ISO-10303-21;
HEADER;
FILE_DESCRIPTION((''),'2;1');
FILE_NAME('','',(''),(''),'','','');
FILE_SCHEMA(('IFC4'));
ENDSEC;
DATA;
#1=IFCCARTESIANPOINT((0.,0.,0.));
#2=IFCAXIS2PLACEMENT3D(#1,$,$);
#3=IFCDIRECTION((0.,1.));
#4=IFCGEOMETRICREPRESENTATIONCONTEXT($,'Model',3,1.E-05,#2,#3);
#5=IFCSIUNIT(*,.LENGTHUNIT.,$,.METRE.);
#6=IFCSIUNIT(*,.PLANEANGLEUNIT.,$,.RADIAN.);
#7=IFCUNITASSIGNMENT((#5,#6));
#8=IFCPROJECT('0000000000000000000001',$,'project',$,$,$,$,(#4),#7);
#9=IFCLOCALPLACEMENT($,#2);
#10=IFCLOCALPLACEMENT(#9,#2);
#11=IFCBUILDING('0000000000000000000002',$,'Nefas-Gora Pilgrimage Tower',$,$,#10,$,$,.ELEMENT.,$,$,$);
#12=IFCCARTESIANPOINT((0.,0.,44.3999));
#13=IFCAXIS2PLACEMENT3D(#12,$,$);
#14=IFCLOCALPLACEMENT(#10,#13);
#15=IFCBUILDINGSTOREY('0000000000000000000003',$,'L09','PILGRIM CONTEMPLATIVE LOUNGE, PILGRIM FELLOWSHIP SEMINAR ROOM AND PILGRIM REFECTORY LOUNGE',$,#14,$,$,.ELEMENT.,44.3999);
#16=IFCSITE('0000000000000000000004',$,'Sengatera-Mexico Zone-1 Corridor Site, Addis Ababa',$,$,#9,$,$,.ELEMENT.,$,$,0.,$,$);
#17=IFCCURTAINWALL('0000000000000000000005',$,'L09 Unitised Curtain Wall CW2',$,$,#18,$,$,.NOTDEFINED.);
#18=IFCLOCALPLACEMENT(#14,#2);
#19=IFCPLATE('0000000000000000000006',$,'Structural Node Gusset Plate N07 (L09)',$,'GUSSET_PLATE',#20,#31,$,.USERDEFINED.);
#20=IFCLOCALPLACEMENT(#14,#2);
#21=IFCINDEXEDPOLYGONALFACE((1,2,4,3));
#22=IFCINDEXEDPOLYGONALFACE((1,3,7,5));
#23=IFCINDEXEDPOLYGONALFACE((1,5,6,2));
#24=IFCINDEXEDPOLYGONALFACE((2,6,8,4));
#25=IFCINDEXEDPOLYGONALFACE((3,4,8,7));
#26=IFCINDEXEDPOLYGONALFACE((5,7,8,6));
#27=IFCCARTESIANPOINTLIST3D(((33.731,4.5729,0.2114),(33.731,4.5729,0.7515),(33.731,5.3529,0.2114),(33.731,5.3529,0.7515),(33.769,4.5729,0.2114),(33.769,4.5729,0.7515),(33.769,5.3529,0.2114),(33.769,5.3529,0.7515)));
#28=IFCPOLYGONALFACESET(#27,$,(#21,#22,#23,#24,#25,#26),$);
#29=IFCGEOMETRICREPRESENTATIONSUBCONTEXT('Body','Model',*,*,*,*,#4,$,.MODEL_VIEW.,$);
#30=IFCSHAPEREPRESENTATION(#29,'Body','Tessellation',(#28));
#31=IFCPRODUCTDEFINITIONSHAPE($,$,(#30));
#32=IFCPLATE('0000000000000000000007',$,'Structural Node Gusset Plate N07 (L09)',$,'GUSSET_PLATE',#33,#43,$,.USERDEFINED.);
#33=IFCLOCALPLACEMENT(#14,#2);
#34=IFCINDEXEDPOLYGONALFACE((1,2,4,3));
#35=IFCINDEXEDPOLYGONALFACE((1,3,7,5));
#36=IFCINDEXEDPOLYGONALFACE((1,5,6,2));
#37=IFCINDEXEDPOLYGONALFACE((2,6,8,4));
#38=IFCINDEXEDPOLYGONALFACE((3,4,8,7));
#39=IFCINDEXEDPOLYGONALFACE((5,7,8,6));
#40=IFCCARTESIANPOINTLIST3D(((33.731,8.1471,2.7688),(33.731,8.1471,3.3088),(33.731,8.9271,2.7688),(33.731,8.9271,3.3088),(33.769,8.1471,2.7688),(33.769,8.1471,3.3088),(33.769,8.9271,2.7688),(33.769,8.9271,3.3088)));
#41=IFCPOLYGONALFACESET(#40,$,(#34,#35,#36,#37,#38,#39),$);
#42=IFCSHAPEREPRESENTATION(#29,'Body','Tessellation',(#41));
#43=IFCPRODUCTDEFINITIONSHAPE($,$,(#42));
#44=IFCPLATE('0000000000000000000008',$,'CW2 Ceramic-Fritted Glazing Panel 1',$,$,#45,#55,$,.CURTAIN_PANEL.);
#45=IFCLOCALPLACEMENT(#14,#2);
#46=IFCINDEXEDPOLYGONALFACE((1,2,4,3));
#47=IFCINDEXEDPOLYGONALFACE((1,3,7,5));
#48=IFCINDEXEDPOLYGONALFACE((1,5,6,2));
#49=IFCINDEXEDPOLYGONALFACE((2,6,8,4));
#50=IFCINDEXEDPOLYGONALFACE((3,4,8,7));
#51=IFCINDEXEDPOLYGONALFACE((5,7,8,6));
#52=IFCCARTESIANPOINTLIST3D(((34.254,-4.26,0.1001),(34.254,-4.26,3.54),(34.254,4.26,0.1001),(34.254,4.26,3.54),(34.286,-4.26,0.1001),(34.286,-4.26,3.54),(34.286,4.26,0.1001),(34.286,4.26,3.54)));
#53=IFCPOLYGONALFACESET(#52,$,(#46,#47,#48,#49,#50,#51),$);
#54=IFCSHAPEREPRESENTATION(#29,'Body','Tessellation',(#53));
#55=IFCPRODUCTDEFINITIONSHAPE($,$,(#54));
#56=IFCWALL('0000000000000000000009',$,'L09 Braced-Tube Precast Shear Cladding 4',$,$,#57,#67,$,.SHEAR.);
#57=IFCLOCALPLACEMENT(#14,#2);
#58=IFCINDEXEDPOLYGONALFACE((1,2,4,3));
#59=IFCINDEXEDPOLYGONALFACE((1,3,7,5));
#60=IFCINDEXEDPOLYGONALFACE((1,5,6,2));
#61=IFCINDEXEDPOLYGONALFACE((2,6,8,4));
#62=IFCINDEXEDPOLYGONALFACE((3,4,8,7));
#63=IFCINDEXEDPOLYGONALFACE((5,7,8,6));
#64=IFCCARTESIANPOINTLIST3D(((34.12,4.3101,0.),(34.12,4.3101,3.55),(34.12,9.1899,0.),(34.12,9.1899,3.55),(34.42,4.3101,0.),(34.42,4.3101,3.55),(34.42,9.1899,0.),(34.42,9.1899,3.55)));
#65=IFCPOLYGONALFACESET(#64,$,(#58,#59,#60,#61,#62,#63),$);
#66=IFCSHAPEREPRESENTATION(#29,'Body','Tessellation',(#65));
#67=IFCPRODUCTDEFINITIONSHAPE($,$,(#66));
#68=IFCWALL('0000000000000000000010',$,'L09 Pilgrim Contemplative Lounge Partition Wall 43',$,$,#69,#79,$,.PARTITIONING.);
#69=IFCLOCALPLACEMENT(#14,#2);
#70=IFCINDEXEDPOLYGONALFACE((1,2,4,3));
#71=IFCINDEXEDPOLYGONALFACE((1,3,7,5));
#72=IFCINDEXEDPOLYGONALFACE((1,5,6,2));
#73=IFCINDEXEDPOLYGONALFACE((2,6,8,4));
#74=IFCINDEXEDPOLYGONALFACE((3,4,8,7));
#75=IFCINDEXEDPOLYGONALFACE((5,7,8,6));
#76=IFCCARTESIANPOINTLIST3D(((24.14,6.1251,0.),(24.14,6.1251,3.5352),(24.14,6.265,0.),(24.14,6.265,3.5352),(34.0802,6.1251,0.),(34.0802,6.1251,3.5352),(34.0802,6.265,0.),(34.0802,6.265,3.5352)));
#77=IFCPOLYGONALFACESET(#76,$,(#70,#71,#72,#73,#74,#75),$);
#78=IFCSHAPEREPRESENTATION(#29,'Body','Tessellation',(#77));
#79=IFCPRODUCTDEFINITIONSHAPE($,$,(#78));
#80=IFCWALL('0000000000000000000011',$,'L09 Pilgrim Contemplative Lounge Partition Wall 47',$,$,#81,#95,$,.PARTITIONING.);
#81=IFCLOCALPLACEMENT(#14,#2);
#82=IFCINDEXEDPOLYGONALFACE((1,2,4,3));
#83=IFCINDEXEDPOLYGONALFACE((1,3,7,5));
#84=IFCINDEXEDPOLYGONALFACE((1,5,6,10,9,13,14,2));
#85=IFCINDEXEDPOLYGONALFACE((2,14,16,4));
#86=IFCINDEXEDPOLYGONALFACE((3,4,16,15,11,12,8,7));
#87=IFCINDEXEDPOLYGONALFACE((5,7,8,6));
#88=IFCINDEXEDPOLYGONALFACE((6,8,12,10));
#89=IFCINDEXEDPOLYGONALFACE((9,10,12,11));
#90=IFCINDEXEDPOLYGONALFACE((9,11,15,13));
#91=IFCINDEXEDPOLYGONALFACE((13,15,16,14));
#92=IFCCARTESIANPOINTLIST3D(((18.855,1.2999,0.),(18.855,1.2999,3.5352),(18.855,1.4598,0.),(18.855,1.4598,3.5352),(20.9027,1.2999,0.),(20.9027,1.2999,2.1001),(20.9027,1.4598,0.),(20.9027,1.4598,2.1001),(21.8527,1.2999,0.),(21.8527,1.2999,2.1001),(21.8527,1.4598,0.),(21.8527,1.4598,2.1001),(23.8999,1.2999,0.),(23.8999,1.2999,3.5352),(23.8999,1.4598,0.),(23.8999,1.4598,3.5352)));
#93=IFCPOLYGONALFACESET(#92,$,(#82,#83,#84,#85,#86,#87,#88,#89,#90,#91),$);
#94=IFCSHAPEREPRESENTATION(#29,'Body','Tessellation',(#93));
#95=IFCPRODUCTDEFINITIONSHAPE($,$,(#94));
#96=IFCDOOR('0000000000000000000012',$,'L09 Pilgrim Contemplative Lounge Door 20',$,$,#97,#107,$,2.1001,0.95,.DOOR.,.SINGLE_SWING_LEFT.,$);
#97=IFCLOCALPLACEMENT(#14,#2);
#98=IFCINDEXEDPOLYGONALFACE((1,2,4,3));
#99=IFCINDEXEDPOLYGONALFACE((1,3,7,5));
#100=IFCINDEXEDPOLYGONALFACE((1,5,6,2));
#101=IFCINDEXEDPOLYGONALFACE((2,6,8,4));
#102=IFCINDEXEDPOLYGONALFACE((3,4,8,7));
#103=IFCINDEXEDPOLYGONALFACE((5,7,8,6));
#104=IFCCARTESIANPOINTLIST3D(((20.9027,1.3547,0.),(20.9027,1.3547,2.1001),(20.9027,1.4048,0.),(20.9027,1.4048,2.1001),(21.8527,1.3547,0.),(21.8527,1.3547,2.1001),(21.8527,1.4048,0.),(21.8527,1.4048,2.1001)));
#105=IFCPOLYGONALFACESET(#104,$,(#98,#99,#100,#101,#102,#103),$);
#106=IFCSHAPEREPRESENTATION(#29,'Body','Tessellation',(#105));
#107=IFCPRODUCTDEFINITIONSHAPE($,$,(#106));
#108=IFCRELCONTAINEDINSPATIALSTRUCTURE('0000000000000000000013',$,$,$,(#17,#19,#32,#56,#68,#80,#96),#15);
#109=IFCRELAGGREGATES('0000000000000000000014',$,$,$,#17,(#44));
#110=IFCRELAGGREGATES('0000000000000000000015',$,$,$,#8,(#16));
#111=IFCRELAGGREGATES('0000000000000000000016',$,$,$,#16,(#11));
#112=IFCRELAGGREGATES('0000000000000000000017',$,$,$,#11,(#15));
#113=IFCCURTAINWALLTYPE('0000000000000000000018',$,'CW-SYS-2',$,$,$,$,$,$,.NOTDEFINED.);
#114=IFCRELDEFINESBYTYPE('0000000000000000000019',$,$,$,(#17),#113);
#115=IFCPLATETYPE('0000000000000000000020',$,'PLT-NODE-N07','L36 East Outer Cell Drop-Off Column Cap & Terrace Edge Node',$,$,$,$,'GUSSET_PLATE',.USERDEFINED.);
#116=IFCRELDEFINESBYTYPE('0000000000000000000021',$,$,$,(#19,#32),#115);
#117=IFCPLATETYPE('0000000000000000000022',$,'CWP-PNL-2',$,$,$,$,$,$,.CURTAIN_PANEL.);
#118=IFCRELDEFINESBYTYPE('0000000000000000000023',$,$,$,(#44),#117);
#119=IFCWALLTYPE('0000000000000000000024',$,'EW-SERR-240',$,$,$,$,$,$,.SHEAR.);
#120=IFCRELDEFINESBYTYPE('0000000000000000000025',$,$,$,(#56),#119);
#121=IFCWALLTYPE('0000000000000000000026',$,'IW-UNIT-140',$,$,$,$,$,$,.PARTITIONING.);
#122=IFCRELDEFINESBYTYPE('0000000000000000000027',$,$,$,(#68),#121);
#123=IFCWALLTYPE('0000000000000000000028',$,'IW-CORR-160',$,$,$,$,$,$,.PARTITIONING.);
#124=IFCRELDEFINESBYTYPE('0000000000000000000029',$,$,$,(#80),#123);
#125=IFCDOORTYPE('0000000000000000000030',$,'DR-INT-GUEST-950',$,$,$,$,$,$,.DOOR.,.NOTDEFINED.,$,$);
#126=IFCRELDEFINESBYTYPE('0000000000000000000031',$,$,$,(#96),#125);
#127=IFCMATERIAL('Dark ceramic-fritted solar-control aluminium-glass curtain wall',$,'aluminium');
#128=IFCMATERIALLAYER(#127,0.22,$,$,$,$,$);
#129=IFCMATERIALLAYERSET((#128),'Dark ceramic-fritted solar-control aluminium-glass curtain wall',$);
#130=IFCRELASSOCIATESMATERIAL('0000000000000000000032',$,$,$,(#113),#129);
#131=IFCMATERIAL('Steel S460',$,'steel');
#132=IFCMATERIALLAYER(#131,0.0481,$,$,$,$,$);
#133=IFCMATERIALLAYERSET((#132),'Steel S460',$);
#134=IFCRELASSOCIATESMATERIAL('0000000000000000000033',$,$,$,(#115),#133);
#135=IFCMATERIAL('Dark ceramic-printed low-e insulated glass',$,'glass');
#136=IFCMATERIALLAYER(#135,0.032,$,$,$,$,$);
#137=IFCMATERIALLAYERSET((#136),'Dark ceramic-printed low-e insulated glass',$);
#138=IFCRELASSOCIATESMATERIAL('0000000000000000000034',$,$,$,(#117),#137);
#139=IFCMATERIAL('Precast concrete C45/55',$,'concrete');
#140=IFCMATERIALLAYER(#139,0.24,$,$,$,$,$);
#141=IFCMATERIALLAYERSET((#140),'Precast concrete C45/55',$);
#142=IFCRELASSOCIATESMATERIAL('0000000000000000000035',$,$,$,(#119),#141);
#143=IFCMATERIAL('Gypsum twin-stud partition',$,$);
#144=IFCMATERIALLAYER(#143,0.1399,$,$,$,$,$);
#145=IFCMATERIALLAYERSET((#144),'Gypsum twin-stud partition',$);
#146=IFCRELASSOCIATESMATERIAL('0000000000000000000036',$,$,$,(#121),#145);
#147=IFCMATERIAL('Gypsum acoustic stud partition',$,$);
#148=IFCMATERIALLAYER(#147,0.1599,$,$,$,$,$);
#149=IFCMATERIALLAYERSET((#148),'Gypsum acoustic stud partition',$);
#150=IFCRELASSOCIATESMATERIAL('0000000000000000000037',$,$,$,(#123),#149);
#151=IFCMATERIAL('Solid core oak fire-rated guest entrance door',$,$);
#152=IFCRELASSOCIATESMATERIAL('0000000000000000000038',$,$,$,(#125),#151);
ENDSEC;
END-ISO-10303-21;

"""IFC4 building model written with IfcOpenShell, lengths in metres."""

from ifc_helpers import new_model, si_unit, direction, frame, frame_2d, origin, origin_2d, place, context, subcontext, project, spatial, rectangle, extrude, source, transform, mapped, material, layer, layer_set, type_object, element, fill, aggregate, save


model = new_model("IFC4")

# Units and contexts
model_context = context("Model", 3, precision=1e-05, world=origin(), true_north=direction((0.0, 1.0)))
body_context = subcontext(model_context, "Body", "Model", "MODEL_VIEW")
ifc_project = project(units=[si_unit("LENGTHUNIT", "METRE"), si_unit("PLANEANGLEUNIT", "RADIAN")], contexts=[model_context])

# Site, building, storey
site_placement = place(None, origin())
site = spatial("IfcSite", under=ifc_project, at=site_placement, Name="Sengatera-Mexico Zone-1 Corridor Site, Addis Ababa", CompositionType="ELEMENT", RefElevation=0.0)
building_placement = place(site_placement, origin())
building = spatial("IfcBuilding", under=site, at=building_placement, Name="Nefas-Gora Pilgrimage Tower", CompositionType="ELEMENT")
storey_placement = place(building_placement, frame((0.0, 0.0, 44.3999)))
storey = spatial("IfcBuildingStorey", under=building, at=storey_placement, Name="L09", Description="PILGRIM CONTEMPLATIVE LOUNGE, PILGRIM FELLOWSHIP SEMINAR ROOM AND PILGRIM REFECTORY LOUNGE", CompositionType="ELEMENT", Elevation=44.3999)

# Shared definitions
ifc_material_1 = material(Name="Steel S460", Category="steel")

# Curtain wall
ifc_material_2 = material(Name="Dark ceramic-fritted solar-control aluminium-glass curtain wall", Category="aluminium")
ifc_layer_1 = layer(ifc_material_2, 0.22)
ifc_layer_set_1 = layer_set([ifc_layer_1], Name="Dark ceramic-fritted solar-control aluminium-glass curtain wall")
curtain_wall_type = type_object("IfcCurtainWallType", Name="CW-SYS-2", PredefinedType="NOTDEFINED", material=ifc_layer_set_1)
curtain_wall_placement = place(storey_placement, origin())
curtain_wall = element("IfcCurtainWall", 1, at=curtain_wall_placement, inside=storey, type_object=curtain_wall_type, Name="L09 Unitised Curtain Wall CW2", PredefinedType="NOTDEFINED")

# Plates
ifc_layer_2 = layer(ifc_material_1, 0.0481)
ifc_layer_set_2 = layer_set([ifc_layer_2], Name="Steel S460")
plate_type_1 = type_object("IfcPlateType", Name="PLT-NODE-N07", Description="L36 East Outer Cell Drop-Off Column Cap & Terrace Edge Node", ElementType="GUSSET_PLATE", PredefinedType="USERDEFINED", material=ifc_layer_set_2)
shared_shape_1 = source(origin(), body_context, "Body", "SweptSolid", [
    extrude(rectangle(XDim=0.78, YDim=0.0381, at=origin_2d()), origin(), (0.0, 0.0, 1.0), 0.54),
])
for number, where, z_axis, x_axis, name in (
    (2, (33.75, 4.9629, 0.2114), (0.0, 0.0, 1.0), (0.0, 1.0, 0.0), "Structural Node Gusset Plate N07 (L09)"),
    (3, (33.75, 8.5371, 2.7688), (0.0, 0.0, 1.0), (0.0, 1.0, 0.0), "Structural Node Gusset Plate N07 (L09)"),
):
    element("IfcPlate", number, at=place(storey_placement, frame(where, z_axis=z_axis, x_axis=x_axis)), inside=storey, type_object=plate_type_1, Name=name, ObjectType="GUSSET_PLATE", PredefinedType="USERDEFINED", context=body_context, shape_type="MappedRepresentation", body=[
        mapped(shared_shape_1, transform((0.0, 0.0, 0.0), x_axis=(1.0, 0.0, 0.0), y_axis=(0.0, 1.0, 0.0), z_axis=(0.0, 0.0, 1.0), scale=1.0)),
    ])

# Plate
ifc_material_3 = material(Name="Dark ceramic-printed low-e insulated glass", Category="glass")
ifc_layer_3 = layer(ifc_material_3, 0.032)
ifc_layer_set_3 = layer_set([ifc_layer_3], Name="Dark ceramic-printed low-e insulated glass")
plate_type_2 = type_object("IfcPlateType", Name="CWP-PNL-2", PredefinedType="CURTAIN_PANEL", material=ifc_layer_set_3)
shared_shape_2 = source(origin(), body_context, "Body", "SweptSolid", [
    extrude(rectangle(XDim=8.52, YDim=0.032, at=origin_2d()), origin(), (0.0, 0.0, 1.0), 3.4399),
])
plate_placement = place(storey_placement, frame((34.27, 0.0, 0.1001), z_axis=(0.0, 0.0, 1.0), x_axis=(0.0, 1.0, 0.0)))
plate = element("IfcPlate", 4, at=plate_placement, type_object=plate_type_2, Name="CW2 Ceramic-Fritted Glazing Panel 1", PredefinedType="CURTAIN_PANEL", context=body_context, shape_type="MappedRepresentation", body=[
    mapped(shared_shape_2, transform((0.0, 0.0, 0.0), x_axis=(1.0, 0.0, 0.0), y_axis=(0.0, 1.0, 0.0), z_axis=(0.0, 0.0, 1.0), scale=1.0)),
])
aggregate(curtain_wall, [plate])

# Walls
ifc_material_4 = material(Name="Precast concrete C45/55", Category="concrete")
ifc_layer_4 = layer(ifc_material_4, 0.24)
ifc_layer_set_4 = layer_set([ifc_layer_4], Name="Precast concrete C45/55")
wall_type_1 = type_object("IfcWallType", Name="EW-SERR-240", PredefinedType="SHEAR", material=ifc_layer_set_4)
shared_shape_3 = source(origin(), body_context, "Body", "SweptSolid", [
    extrude(rectangle(XDim=4.8799, YDim=0.3, at=frame_2d((2.4399, 0.0))), origin(), (0.0, 0.0, 1.0), 3.55),
])
wall_1_placement = place(storey_placement, frame((34.27, 4.3101, 0.0), z_axis=(0.0, 0.0, 1.0), x_axis=(0.0, 1.0, 0.0)))
element("IfcWall", 5, at=wall_1_placement, inside=storey, type_object=wall_type_1, Name="L09 Braced-Tube Precast Shear Cladding 4", PredefinedType="SHEAR", context=body_context, shape_type="MappedRepresentation", body=[
    mapped(shared_shape_3, transform((0.0, 0.0, 0.0), x_axis=(1.0, 0.0, 0.0), y_axis=(0.0, 1.0, 0.0), z_axis=(0.0, 0.0, 1.0), scale=1.0)),
])
ifc_material_5 = material(Name="Gypsum twin-stud partition")
ifc_layer_5 = layer(ifc_material_5, 0.1399)
ifc_layer_set_5 = layer_set([ifc_layer_5], Name="Gypsum twin-stud partition")
wall_type_2 = type_object("IfcWallType", Name="IW-UNIT-140", PredefinedType="PARTITIONING", material=ifc_layer_set_5)
shared_shape_4 = source(origin(), body_context, "Body", "SweptSolid", [
    extrude(rectangle(XDim=9.9402, YDim=0.1399, at=frame_2d((4.9702, 0.0))), origin(), (0.0, 0.0, 1.0), 3.5352),
])
wall_2_placement = place(storey_placement, frame((24.1399, 6.1951, 0.0), z_axis=(0.0, 0.0, 1.0), x_axis=(1.0, 0.0, 0.0)))
element("IfcWall", 6, at=wall_2_placement, inside=storey, type_object=wall_type_2, Name="L09 Pilgrim Contemplative Lounge Partition Wall 43", PredefinedType="PARTITIONING", context=body_context, shape_type="MappedRepresentation", body=[
    mapped(shared_shape_4, transform((0.0, 0.0, 0.0), x_axis=(1.0, 0.0, 0.0), y_axis=(0.0, 1.0, 0.0), z_axis=(0.0, 0.0, 1.0), scale=1.0)),
])

# Wall, opening, door
ifc_material_6 = material(Name="Gypsum acoustic stud partition")
ifc_layer_6 = layer(ifc_material_6, 0.1599)
ifc_layer_set_6 = layer_set([ifc_layer_6], Name="Gypsum acoustic stud partition")
wall_type_3 = type_object("IfcWallType", Name="IW-CORR-160", PredefinedType="PARTITIONING", material=ifc_layer_set_6)
shared_shape_5 = source(origin(), body_context, "Body", "SweptSolid", [
    extrude(rectangle(XDim=5.0449, YDim=0.1599, at=frame_2d((2.5225, 0.0))), origin(), (0.0, 0.0, 1.0), 3.5352),
])
wall_3_placement = place(storey_placement, frame((18.855, 1.3799, 0.0), z_axis=(0.0, 0.0, 1.0), x_axis=(1.0, 0.0, 0.0)))
wall_3 = element("IfcWall", 7, at=wall_3_placement, inside=storey, type_object=wall_type_3, Name="L09 Pilgrim Contemplative Lounge Partition Wall 47", PredefinedType="PARTITIONING", context=body_context, shape_type="MappedRepresentation", body=[
    mapped(shared_shape_5, transform((0.0, 0.0, 0.0), x_axis=(1.0, 0.0, 0.0), y_axis=(0.0, 1.0, 0.0), z_axis=(0.0, 0.0, 1.0), scale=1.0)),
])
opening_placement = place(wall_3_placement, frame((2.0476, 0.0, 0.0)))
opening = element("IfcOpeningElement", 8, at=opening_placement, cuts=wall_3, PredefinedType="OPENING", context=body_context, shape_type="SweptSolid", body=[
    extrude(rectangle(XDim=0.95, YDim=2.1001, at=frame_2d((0.4751, 1.05))), frame((0.0, 0.0898, 0.0), z_axis=(0.0, -1.0, 0.0), x_axis=(1.0, 0.0, 0.0)), (0.0, 0.0, 1.0), 0.1799),
])
ifc_material_7 = material(Name="Solid core oak fire-rated guest entrance door")
door_type = type_object("IfcDoorType", Name="DR-INT-GUEST-950", OperationType="NOTDEFINED", PredefinedType="DOOR", material=ifc_material_7)
shared_shape_6 = source(origin(), body_context, "Body", "SweptSolid", [
    extrude(rectangle(XDim=0.95, YDim=2.1001, at=frame_2d((0.4751, 1.05))), frame((0.0, 0.0249, 0.0), z_axis=(0.0, -1.0, 0.0), x_axis=(1.0, 0.0, 0.0)), (0.0, 0.0, 1.0), 0.05),
])
door_placement = place(opening_placement, origin())
door = element("IfcDoor", 9, at=door_placement, inside=storey, type_object=door_type, Name="L09 Pilgrim Contemplative Lounge Door 20", OperationType="SINGLE_SWING_LEFT", OverallHeight=2.1001, OverallWidth=0.95, PredefinedType="DOOR", context=body_context, shape_type="MappedRepresentation", body=[
    mapped(shared_shape_6, transform((0.0, 0.0, 0.0), x_axis=(1.0, 0.0, 0.0), y_axis=(0.0, 1.0, 0.0), z_axis=(0.0, 0.0, 1.0), scale=1.0)),
])
fill(opening, door)

save(model, "model.ifc")
